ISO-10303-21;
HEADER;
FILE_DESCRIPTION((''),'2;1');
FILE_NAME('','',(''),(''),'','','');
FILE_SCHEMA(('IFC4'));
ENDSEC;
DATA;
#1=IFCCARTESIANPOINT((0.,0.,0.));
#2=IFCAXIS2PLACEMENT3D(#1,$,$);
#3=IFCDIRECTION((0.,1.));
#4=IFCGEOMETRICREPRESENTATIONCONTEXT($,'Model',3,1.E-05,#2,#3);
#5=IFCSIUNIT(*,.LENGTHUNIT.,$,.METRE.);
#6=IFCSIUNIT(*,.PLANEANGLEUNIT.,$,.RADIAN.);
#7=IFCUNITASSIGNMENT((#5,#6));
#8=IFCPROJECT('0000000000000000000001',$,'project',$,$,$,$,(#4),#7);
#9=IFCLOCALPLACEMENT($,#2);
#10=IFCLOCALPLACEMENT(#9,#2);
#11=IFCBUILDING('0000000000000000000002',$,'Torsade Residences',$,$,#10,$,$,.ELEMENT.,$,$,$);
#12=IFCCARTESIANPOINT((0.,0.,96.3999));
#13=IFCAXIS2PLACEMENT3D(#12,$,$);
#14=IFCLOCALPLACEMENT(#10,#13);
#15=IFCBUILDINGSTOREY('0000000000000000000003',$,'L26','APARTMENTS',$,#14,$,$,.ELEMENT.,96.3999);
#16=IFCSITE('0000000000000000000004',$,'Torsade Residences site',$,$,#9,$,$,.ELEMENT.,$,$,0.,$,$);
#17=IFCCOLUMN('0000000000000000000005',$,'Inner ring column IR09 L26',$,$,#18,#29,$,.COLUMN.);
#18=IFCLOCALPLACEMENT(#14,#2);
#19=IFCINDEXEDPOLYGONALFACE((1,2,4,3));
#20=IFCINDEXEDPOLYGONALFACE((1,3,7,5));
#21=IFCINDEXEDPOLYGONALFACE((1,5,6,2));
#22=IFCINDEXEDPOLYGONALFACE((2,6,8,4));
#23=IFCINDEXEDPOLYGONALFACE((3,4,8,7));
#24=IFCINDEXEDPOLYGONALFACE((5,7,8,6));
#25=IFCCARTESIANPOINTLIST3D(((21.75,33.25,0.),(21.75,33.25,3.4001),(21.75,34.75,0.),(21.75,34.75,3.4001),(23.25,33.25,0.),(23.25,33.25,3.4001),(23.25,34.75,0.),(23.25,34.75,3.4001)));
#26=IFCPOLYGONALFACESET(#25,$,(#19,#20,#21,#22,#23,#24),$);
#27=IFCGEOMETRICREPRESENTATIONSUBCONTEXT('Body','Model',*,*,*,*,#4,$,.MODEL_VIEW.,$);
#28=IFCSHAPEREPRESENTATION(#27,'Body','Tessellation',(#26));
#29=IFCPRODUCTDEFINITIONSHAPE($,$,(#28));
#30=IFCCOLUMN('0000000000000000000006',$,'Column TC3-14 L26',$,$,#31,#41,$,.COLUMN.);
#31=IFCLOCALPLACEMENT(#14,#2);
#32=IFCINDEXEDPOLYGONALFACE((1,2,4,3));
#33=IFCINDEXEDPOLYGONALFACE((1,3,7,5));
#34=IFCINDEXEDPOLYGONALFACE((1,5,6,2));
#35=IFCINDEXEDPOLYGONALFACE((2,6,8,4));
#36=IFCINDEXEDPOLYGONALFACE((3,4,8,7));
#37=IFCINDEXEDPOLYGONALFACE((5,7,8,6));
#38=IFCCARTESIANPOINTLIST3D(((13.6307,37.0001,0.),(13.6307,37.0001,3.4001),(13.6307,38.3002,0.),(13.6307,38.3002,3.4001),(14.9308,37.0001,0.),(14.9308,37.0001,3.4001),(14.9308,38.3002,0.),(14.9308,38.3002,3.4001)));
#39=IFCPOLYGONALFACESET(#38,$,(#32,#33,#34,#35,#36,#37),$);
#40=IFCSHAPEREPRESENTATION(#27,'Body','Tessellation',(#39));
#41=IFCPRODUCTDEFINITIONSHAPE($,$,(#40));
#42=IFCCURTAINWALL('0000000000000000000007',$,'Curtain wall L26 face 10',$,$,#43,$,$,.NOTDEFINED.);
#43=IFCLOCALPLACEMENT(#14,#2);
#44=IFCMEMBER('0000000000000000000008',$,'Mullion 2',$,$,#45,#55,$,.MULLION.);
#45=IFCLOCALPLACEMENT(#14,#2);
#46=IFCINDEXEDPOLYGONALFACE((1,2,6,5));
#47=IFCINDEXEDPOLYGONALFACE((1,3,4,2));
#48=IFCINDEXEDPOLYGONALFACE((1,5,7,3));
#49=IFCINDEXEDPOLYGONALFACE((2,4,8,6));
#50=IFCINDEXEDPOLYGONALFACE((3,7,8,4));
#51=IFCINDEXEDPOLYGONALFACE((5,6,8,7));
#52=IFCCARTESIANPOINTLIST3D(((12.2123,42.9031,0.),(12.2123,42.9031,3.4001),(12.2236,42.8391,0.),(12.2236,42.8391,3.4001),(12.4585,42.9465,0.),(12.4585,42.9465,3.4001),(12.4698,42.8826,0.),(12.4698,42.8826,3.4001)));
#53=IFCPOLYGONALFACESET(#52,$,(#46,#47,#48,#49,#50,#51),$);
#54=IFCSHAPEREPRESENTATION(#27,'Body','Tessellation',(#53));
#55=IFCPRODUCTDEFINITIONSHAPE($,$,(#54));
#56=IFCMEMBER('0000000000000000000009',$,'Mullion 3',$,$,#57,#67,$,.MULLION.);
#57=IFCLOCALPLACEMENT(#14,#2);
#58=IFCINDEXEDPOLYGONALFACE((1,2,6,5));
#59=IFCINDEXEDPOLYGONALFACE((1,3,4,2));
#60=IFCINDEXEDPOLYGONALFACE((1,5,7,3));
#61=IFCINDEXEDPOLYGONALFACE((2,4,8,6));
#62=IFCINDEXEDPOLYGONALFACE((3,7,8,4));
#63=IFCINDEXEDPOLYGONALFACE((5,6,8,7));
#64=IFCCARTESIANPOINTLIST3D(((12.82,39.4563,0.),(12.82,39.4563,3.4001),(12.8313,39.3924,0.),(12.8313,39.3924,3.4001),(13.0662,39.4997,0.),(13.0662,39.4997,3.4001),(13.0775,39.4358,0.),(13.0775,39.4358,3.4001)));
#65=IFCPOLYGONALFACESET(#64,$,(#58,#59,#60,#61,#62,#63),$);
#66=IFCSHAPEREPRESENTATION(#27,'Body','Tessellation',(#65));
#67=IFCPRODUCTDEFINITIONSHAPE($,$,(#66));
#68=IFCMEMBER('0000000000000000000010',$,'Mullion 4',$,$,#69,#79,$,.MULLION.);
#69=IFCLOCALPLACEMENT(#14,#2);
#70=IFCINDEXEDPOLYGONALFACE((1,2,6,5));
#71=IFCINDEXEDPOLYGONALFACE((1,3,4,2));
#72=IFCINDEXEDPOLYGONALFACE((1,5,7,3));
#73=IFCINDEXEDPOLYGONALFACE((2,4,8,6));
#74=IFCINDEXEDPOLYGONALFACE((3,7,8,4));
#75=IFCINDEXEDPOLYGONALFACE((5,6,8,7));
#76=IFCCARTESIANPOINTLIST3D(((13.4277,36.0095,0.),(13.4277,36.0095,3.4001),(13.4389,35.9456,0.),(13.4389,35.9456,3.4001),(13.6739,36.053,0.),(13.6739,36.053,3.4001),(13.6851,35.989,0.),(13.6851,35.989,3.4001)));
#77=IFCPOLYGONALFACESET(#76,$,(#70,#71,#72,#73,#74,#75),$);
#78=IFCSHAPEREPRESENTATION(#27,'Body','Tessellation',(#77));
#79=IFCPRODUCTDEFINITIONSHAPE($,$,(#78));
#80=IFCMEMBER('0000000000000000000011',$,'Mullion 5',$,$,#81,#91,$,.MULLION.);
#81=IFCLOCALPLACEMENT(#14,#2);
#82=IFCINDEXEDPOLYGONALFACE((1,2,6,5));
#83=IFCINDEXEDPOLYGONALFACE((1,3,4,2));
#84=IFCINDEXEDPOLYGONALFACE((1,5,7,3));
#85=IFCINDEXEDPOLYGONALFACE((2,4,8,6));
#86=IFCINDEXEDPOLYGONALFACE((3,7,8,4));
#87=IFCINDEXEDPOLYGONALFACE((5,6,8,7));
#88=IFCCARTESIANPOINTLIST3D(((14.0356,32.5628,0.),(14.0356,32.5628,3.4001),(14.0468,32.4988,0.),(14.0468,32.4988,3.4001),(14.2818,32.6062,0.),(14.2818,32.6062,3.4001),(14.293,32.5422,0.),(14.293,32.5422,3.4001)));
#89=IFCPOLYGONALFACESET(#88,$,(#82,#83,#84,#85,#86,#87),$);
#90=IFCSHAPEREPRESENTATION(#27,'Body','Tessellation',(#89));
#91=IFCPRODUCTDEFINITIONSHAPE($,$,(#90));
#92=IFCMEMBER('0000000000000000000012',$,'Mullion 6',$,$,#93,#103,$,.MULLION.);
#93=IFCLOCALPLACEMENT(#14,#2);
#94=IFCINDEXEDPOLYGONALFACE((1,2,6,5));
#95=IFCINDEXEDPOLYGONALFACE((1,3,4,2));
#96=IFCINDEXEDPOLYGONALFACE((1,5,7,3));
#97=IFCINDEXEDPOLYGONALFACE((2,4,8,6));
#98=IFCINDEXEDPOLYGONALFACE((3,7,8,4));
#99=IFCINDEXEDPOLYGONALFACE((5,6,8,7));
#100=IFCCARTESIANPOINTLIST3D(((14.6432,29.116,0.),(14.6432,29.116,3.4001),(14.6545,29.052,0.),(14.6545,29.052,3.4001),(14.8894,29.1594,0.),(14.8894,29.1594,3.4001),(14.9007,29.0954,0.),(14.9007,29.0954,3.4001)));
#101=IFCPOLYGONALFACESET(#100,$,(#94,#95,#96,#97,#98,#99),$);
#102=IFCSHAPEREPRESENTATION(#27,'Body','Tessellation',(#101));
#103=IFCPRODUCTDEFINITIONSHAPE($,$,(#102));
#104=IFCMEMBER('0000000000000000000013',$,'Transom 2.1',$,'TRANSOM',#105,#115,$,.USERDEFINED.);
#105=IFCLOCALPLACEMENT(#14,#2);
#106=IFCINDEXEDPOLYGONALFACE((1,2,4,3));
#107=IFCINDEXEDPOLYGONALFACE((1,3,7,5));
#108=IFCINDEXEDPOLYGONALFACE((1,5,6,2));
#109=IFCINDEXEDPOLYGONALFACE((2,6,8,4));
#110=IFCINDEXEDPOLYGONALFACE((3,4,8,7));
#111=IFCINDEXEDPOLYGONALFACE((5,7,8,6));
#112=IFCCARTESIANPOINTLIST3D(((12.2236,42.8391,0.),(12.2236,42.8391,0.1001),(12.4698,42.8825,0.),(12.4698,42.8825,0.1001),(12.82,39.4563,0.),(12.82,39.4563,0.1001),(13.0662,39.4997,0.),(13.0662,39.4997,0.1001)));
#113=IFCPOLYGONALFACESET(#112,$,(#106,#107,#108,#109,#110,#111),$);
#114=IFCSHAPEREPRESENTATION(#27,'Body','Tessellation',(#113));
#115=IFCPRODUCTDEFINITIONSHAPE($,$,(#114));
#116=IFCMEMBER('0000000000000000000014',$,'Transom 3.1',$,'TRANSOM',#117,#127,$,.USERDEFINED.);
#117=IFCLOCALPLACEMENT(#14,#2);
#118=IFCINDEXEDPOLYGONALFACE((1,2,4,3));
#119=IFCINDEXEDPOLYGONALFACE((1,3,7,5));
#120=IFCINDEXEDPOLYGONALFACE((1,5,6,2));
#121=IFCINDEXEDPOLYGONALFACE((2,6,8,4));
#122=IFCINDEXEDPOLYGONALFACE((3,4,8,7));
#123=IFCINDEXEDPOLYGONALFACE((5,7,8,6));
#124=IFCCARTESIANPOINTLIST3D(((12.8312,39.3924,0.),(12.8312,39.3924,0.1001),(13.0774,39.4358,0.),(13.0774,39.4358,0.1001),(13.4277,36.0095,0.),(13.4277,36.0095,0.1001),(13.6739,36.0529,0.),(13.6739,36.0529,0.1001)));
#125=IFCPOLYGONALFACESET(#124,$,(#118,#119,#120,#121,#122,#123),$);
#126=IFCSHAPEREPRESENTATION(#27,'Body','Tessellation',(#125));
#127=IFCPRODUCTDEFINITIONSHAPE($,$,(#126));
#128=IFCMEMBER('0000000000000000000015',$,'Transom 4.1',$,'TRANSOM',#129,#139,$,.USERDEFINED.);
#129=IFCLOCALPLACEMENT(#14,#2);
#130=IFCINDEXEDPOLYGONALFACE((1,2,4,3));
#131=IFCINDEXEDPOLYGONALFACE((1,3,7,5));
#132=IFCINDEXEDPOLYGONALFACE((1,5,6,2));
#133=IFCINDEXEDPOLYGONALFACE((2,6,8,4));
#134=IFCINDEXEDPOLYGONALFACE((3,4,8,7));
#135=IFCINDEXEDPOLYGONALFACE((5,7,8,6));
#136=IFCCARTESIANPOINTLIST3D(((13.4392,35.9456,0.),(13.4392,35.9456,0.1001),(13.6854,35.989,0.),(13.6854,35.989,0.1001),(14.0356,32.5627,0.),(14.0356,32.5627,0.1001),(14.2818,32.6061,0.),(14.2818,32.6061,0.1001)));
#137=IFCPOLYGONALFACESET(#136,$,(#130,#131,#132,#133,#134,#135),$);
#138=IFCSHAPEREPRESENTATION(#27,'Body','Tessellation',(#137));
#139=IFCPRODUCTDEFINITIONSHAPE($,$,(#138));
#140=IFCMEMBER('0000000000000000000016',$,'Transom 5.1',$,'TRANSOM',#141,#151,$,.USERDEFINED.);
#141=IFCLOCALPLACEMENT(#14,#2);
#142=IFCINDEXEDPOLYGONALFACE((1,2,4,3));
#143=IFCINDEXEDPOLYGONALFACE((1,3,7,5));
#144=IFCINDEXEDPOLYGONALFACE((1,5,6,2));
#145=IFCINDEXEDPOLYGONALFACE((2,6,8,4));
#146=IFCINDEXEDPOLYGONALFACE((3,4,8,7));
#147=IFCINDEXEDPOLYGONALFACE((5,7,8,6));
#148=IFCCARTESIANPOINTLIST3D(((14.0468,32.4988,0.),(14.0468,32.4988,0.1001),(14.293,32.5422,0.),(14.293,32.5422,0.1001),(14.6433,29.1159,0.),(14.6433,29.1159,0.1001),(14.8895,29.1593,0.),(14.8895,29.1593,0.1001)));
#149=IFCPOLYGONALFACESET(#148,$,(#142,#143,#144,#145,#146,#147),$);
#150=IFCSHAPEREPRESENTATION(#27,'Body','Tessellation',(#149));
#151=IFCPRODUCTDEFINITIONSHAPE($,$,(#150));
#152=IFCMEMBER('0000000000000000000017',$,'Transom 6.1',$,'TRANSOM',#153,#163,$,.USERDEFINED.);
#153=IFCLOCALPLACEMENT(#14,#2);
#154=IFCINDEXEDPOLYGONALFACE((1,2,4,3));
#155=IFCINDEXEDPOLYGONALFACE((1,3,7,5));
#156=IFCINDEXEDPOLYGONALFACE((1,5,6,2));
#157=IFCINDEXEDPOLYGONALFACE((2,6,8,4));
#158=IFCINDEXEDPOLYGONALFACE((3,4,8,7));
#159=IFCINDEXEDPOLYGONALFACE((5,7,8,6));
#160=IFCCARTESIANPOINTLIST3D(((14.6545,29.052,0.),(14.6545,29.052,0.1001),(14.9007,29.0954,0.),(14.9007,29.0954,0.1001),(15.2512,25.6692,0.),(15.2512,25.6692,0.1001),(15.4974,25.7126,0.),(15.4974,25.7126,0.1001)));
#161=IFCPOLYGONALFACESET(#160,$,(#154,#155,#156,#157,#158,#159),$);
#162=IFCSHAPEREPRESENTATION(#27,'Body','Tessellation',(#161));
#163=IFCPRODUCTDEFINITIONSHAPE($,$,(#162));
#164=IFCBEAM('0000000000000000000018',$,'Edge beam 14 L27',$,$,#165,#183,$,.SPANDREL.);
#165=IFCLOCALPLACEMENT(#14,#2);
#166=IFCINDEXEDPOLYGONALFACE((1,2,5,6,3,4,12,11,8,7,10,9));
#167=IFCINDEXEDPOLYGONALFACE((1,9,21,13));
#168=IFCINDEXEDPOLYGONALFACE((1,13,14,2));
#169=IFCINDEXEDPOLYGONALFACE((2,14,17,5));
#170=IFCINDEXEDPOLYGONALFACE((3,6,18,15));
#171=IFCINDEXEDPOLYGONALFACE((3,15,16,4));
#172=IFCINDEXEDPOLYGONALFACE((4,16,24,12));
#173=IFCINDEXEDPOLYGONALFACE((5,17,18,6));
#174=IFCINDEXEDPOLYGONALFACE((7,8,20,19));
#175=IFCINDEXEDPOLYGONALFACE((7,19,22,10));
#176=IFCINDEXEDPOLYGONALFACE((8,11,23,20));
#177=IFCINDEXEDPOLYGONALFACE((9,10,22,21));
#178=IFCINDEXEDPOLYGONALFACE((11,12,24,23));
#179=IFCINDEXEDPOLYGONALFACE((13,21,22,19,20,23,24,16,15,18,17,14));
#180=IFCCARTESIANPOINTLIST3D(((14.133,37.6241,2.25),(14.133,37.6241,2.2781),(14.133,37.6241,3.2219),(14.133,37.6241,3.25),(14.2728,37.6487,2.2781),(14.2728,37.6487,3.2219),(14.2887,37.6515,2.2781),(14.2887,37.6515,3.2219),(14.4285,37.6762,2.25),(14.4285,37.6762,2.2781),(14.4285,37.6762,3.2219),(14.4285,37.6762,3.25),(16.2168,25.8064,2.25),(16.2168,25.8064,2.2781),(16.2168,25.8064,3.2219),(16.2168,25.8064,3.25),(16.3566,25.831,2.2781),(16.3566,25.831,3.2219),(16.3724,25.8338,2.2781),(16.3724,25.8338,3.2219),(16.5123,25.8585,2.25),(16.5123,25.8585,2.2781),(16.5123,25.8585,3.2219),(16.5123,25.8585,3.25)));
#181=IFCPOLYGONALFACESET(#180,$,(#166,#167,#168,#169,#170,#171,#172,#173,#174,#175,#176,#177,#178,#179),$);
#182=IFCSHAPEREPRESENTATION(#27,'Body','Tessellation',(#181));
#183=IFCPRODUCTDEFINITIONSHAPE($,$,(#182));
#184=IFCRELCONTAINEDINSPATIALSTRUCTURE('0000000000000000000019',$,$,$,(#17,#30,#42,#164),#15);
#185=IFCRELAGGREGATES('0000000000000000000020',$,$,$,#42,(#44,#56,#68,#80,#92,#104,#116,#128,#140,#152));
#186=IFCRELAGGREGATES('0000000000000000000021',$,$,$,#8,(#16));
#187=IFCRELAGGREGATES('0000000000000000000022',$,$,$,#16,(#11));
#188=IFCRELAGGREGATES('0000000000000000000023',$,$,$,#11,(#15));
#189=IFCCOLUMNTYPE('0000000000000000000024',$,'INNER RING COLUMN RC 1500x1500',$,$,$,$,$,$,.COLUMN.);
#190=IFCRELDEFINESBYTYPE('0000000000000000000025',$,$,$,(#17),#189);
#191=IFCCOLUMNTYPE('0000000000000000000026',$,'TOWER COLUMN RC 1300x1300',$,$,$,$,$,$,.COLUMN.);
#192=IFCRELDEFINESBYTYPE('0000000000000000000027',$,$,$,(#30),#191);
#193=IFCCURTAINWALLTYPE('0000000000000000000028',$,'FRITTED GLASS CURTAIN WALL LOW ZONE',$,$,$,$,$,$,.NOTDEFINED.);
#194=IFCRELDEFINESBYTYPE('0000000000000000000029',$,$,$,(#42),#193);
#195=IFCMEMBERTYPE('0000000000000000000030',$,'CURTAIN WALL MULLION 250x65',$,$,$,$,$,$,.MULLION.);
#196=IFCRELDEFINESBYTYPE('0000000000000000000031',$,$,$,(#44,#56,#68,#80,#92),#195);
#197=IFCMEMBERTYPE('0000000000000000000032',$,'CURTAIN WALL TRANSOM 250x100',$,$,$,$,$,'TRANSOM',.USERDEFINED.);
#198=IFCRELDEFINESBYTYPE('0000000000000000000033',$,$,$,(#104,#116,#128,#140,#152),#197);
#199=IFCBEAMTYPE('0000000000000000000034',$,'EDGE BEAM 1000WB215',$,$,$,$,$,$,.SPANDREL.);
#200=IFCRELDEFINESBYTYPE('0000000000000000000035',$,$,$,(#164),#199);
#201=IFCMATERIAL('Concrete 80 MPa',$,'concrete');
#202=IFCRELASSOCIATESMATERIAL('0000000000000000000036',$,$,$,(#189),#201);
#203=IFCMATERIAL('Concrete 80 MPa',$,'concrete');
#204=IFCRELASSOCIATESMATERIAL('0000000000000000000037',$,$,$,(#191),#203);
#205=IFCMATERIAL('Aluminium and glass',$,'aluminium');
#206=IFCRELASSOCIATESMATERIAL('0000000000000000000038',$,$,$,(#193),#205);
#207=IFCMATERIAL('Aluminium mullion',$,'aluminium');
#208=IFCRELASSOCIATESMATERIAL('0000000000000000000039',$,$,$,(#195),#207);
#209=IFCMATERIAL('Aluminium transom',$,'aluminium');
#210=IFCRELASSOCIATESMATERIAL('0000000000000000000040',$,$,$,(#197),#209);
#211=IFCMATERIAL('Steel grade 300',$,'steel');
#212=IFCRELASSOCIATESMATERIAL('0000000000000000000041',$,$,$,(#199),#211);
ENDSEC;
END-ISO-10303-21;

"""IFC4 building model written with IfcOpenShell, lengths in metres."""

from ifc_helpers import new_model, si_unit, direction, frame, origin, origin_2d, place, context, subcontext, project, spatial, rectangle, i_section, extrude, material, material_profile, profile_set, type_object, element, aggregate, save


model = new_model("IFC4")

# Units and contexts
model_context = context("Model", 3, precision=1e-05, world=origin(), true_north=direction((0.0, 1.0)))
body_context = subcontext(model_context, "Body", "Model", "MODEL_VIEW")
ifc_project = project(units=[si_unit("LENGTHUNIT", "METRE"), si_unit("PLANEANGLEUNIT", "RADIAN")], contexts=[model_context])

# Site, building, storey
site_placement = place(None, origin())
site = spatial("IfcSite", under=ifc_project, at=site_placement, Name="Torsade Residences site", CompositionType="ELEMENT", RefElevation=0.0)
building_placement = place(site_placement, origin())
building = spatial("IfcBuilding", under=site, at=building_placement, Name="Torsade Residences", CompositionType="ELEMENT")
storey_placement = place(building_placement, frame((0.0, 0.0, 96.3999)))
storey = spatial("IfcBuildingStorey", under=building, at=storey_placement, Name="L26", Description="APARTMENTS", CompositionType="ELEMENT", Elevation=96.3999)

# Columns
ifc_material_1 = material(Name="Concrete 80 MPa", Category="concrete")
ifc_material_profile_1 = material_profile(ifc_material_1, rectangle(XDim=1.5, YDim=1.5, at=origin_2d()), Name="RC 1500x1500")
ifc_profile_set_1 = profile_set([ifc_material_profile_1], Name="Concrete 80 MPa")
column_type_1 = type_object("IfcColumnType", Name="INNER RING COLUMN RC 1500x1500", PredefinedType="COLUMN", material=ifc_profile_set_1)
column_1_placement = place(storey_placement, frame((22.5, 34.0, 0.0), z_axis=(0.0, 0.0, 1.0), x_axis=(1.0, 0.0, 0.0)))
element("IfcColumn", 1, at=column_1_placement, inside=storey, type_object=column_type_1, Name="Inner ring column IR09 L26", PredefinedType="COLUMN", context=body_context, shape_type="SweptSolid", body=[
    extrude(rectangle(XDim=1.5, YDim=1.5, at=origin_2d()), origin(), (0.0, 0.0, 1.0), 3.4001),
])
ifc_material_2 = material(Name="Concrete 80 MPa", Category="concrete")
ifc_material_profile_2 = material_profile(ifc_material_2, rectangle(XDim=1.3, YDim=1.3, at=origin_2d()), Name="RC 1300x1300")
ifc_profile_set_2 = profile_set([ifc_material_profile_2], Name="Concrete 80 MPa")
column_type_2 = type_object("IfcColumnType", Name="TOWER COLUMN RC 1300x1300", PredefinedType="COLUMN", material=ifc_profile_set_2)
column_2_placement = place(storey_placement, frame((14.2808, 37.6501, 0.0), z_axis=(0.0, 0.0, 1.0), x_axis=(1.0, 0.0, 0.0)))
element("IfcColumn", 2, at=column_2_placement, inside=storey, type_object=column_type_2, Name="Column TC3-14 L26", PredefinedType="COLUMN", context=body_context, shape_type="SweptSolid", body=[
    extrude(rectangle(XDim=1.3, YDim=1.3, at=origin_2d()), origin(), (0.0, 0.0, 1.0), 3.4001),
])

# Curtain wall, members
ifc_material_3 = material(Name="Aluminium and glass", Category="aluminium")
curtain_wall_type = type_object("IfcCurtainWallType", Name="FRITTED GLASS CURTAIN WALL LOW ZONE", PredefinedType="NOTDEFINED", material=ifc_material_3)
curtain_wall_placement = place(storey_placement, origin())
curtain_wall = element("IfcCurtainWall", 3, at=curtain_wall_placement, inside=storey, type_object=curtain_wall_type, Name="Curtain wall L26 face 10", PredefinedType="NOTDEFINED")
ifc_material_4 = material(Name="Aluminium mullion", Category="aluminium")
ifc_material_profile_3 = material_profile(ifc_material_4, rectangle(XDim=0.25, YDim=0.0649, at=origin_2d()), Name="CURTAIN WALL MULLION 250x65")
ifc_profile_set_3 = profile_set([ifc_material_profile_3], Name="Aluminium mullion")
member_type_1 = type_object("IfcMemberType", Name="CURTAIN WALL MULLION 250x65", PredefinedType="MULLION", material=ifc_profile_set_3)
member_1_placement = place(storey_placement, frame((12.3411, 42.8928, 0.0), z_axis=(0.0, 0.0, 1.0), x_axis=(0.984808, 0.173648, 0.0)))
member_1 = element("IfcMember", 4, at=member_1_placement, type_object=member_type_1, Name="Mullion 2", PredefinedType="MULLION", context=body_context, shape_type="SweptSolid", body=[
    extrude(rectangle(XDim=0.25, YDim=0.0649, at=origin_2d()), origin(), (0.0, 0.0, 1.0), 3.4001),
])
member_2_placement = place(storey_placement, frame((12.9487, 39.446, 0.0), z_axis=(0.0, 0.0, 1.0), x_axis=(0.984808, 0.173648, 0.0)))
member_2 = element("IfcMember", 5, at=member_2_placement, type_object=member_type_1, Name="Mullion 3", PredefinedType="MULLION", context=body_context, shape_type="SweptSolid", body=[
    extrude(rectangle(XDim=0.25, YDim=0.0649, at=origin_2d()), origin(), (0.0, 0.0, 1.0), 3.4001),
])
member_3_placement = place(storey_placement, frame((13.5564, 35.9993, 0.0), z_axis=(0.0, 0.0, 1.0), x_axis=(0.984808, 0.173648, 0.0)))
member_3 = element("IfcMember", 6, at=member_3_placement, type_object=member_type_1, Name="Mullion 4", PredefinedType="MULLION", context=body_context, shape_type="SweptSolid", body=[
    extrude(rectangle(XDim=0.25, YDim=0.0649, at=origin_2d()), origin(), (0.0, 0.0, 1.0), 3.4001),
])
member_4_placement = place(storey_placement, frame((14.1643, 32.5525, 0.0), z_axis=(0.0, 0.0, 1.0), x_axis=(0.984808, 0.173648, 0.0)))
member_4 = element("IfcMember", 7, at=member_4_placement, type_object=member_type_1, Name="Mullion 5", PredefinedType="MULLION", context=body_context, shape_type="SweptSolid", body=[
    extrude(rectangle(XDim=0.25, YDim=0.0649, at=origin_2d()), origin(), (0.0, 0.0, 1.0), 3.4001),
])
member_5_placement = place(storey_placement, frame((14.772, 29.1057, 0.0), z_axis=(0.0, 0.0, 1.0), x_axis=(0.984808, 0.173648, 0.0)))
member_5 = element("IfcMember", 8, at=member_5_placement, type_object=member_type_1, Name="Mullion 6", PredefinedType="MULLION", context=body_context, shape_type="SweptSolid", body=[
    extrude(rectangle(XDim=0.25, YDim=0.0649, at=origin_2d()), origin(), (0.0, 0.0, 1.0), 3.4001),
])
ifc_material_5 = material(Name="Aluminium transom", Category="aluminium")
ifc_material_profile_4 = material_profile(ifc_material_5, rectangle(XDim=0.25, YDim=0.1001, at=origin_2d()), Name="CURTAIN WALL TRANSOM 250x100")
ifc_profile_set_4 = profile_set([ifc_material_profile_4], Name="Aluminium transom")
member_type_2 = type_object("IfcMemberType", Name="CURTAIN WALL TRANSOM 250x100", ElementType="TRANSOM", PredefinedType="USERDEFINED", material=ifc_profile_set_4)
member_6_placement = place(storey_placement, frame((12.3467, 42.8608, 0.05), z_axis=(0.173635, -0.98481, 0.0), x_axis=(0.98481, 0.173635, 0.0)))
member_6 = element("IfcMember", 9, at=member_6_placement, type_object=member_type_2, Name="Transom 2.1", ObjectType="TRANSOM", PredefinedType="USERDEFINED", context=body_context, shape_type="SweptSolid", body=[
    extrude(rectangle(XDim=0.25, YDim=0.1001, at=origin_2d()), origin(), (0.0, 0.0, 1.0), 3.4351),
])
member_7_placement = place(storey_placement, frame((12.9543, 39.4141, 0.05), z_axis=(0.173635, -0.98481, 0.0), x_axis=(0.98481, 0.173635, 0.0)))
member_7 = element("IfcMember", 10, at=member_7_placement, type_object=member_type_2, Name="Transom 3.1", ObjectType="TRANSOM", PredefinedType="USERDEFINED", context=body_context, shape_type="SweptSolid", body=[
    extrude(rectangle(XDim=0.25, YDim=0.1001, at=origin_2d()), origin(), (0.0, 0.0, 1.0), 3.4351),
])
member_8_placement = place(storey_placement, frame((13.5623, 35.9673, 0.05), z_axis=(0.173635, -0.98481, 0.0), x_axis=(0.98481, 0.173635, 0.0)))
member_8 = element("IfcMember", 11, at=member_8_placement, type_object=member_type_2, Name="Transom 4.1", ObjectType="TRANSOM", PredefinedType="USERDEFINED", context=body_context, shape_type="SweptSolid", body=[
    extrude(rectangle(XDim=0.25, YDim=0.1001, at=origin_2d()), origin(), (0.0, 0.0, 1.0), 3.4351),
])
member_9_placement = place(storey_placement, frame((14.1699, 32.5205, 0.05), z_axis=(0.173635, -0.98481, 0.0), x_axis=(0.98481, 0.173635, 0.0)))
member_9 = element("IfcMember", 12, at=member_9_placement, type_object=member_type_2, Name="Transom 5.1", ObjectType="TRANSOM", PredefinedType="USERDEFINED", context=body_context, shape_type="SweptSolid", body=[
    extrude(rectangle(XDim=0.25, YDim=0.1001, at=origin_2d()), origin(), (0.0, 0.0, 1.0), 3.4351),
])
member_10_placement = place(storey_placement, frame((14.7776, 29.0737, 0.05), z_axis=(0.173704, -0.984798, 0.0), x_axis=(0.984798, 0.173704, 0.0)))
member_10 = element("IfcMember", 13, at=member_10_placement, type_object=member_type_2, Name="Transom 6.1", ObjectType="TRANSOM", PredefinedType="USERDEFINED", context=body_context, shape_type="SweptSolid", body=[
    extrude(rectangle(XDim=0.25, YDim=0.1001, at=origin_2d()), origin(), (0.0, 0.0, 1.0), 3.4351),
])

# Beam
ifc_material_6 = material(Name="Steel grade 300", Category="steel")
ifc_material_profile_5 = material_profile(ifc_material_6, i_section(OverallWidth=0.3, OverallDepth=1.0, WebThickness=0.0161, FlangeThickness=0.0281, at=origin_2d()), Name="1000WB215")
ifc_profile_set_5 = profile_set([ifc_material_profile_5], Name="Steel grade 300")
beam_type_1 = type_object("IfcBeamType", Name="EDGE BEAM 1000WB215", PredefinedType="SPANDREL", material=ifc_profile_set_5)
beam_1_placement = place(storey_placement, frame((14.2808, 37.6501, 2.75), z_axis=(0.173646, -0.984808, 0.0), x_axis=(0.984808, 0.173646, 0.0)))
element("IfcBeam", 14, at=beam_1_placement, inside=storey, type_object=beam_type_1, Name="Edge beam 14 L27", PredefinedType="SPANDREL", context=body_context, shape_type="SweptSolid", body=[
    extrude(i_section(OverallWidth=0.3, OverallDepth=1.0, WebThickness=0.0161, FlangeThickness=0.0281, at=origin_2d()), origin(), (0.0, 0.0, 1.0), 12.0),
])

aggregate(curtain_wall, [member_1, member_2, member_3, member_4, member_5, member_6, member_7, member_8, member_9, member_10])

save(model, "model.ifc")
